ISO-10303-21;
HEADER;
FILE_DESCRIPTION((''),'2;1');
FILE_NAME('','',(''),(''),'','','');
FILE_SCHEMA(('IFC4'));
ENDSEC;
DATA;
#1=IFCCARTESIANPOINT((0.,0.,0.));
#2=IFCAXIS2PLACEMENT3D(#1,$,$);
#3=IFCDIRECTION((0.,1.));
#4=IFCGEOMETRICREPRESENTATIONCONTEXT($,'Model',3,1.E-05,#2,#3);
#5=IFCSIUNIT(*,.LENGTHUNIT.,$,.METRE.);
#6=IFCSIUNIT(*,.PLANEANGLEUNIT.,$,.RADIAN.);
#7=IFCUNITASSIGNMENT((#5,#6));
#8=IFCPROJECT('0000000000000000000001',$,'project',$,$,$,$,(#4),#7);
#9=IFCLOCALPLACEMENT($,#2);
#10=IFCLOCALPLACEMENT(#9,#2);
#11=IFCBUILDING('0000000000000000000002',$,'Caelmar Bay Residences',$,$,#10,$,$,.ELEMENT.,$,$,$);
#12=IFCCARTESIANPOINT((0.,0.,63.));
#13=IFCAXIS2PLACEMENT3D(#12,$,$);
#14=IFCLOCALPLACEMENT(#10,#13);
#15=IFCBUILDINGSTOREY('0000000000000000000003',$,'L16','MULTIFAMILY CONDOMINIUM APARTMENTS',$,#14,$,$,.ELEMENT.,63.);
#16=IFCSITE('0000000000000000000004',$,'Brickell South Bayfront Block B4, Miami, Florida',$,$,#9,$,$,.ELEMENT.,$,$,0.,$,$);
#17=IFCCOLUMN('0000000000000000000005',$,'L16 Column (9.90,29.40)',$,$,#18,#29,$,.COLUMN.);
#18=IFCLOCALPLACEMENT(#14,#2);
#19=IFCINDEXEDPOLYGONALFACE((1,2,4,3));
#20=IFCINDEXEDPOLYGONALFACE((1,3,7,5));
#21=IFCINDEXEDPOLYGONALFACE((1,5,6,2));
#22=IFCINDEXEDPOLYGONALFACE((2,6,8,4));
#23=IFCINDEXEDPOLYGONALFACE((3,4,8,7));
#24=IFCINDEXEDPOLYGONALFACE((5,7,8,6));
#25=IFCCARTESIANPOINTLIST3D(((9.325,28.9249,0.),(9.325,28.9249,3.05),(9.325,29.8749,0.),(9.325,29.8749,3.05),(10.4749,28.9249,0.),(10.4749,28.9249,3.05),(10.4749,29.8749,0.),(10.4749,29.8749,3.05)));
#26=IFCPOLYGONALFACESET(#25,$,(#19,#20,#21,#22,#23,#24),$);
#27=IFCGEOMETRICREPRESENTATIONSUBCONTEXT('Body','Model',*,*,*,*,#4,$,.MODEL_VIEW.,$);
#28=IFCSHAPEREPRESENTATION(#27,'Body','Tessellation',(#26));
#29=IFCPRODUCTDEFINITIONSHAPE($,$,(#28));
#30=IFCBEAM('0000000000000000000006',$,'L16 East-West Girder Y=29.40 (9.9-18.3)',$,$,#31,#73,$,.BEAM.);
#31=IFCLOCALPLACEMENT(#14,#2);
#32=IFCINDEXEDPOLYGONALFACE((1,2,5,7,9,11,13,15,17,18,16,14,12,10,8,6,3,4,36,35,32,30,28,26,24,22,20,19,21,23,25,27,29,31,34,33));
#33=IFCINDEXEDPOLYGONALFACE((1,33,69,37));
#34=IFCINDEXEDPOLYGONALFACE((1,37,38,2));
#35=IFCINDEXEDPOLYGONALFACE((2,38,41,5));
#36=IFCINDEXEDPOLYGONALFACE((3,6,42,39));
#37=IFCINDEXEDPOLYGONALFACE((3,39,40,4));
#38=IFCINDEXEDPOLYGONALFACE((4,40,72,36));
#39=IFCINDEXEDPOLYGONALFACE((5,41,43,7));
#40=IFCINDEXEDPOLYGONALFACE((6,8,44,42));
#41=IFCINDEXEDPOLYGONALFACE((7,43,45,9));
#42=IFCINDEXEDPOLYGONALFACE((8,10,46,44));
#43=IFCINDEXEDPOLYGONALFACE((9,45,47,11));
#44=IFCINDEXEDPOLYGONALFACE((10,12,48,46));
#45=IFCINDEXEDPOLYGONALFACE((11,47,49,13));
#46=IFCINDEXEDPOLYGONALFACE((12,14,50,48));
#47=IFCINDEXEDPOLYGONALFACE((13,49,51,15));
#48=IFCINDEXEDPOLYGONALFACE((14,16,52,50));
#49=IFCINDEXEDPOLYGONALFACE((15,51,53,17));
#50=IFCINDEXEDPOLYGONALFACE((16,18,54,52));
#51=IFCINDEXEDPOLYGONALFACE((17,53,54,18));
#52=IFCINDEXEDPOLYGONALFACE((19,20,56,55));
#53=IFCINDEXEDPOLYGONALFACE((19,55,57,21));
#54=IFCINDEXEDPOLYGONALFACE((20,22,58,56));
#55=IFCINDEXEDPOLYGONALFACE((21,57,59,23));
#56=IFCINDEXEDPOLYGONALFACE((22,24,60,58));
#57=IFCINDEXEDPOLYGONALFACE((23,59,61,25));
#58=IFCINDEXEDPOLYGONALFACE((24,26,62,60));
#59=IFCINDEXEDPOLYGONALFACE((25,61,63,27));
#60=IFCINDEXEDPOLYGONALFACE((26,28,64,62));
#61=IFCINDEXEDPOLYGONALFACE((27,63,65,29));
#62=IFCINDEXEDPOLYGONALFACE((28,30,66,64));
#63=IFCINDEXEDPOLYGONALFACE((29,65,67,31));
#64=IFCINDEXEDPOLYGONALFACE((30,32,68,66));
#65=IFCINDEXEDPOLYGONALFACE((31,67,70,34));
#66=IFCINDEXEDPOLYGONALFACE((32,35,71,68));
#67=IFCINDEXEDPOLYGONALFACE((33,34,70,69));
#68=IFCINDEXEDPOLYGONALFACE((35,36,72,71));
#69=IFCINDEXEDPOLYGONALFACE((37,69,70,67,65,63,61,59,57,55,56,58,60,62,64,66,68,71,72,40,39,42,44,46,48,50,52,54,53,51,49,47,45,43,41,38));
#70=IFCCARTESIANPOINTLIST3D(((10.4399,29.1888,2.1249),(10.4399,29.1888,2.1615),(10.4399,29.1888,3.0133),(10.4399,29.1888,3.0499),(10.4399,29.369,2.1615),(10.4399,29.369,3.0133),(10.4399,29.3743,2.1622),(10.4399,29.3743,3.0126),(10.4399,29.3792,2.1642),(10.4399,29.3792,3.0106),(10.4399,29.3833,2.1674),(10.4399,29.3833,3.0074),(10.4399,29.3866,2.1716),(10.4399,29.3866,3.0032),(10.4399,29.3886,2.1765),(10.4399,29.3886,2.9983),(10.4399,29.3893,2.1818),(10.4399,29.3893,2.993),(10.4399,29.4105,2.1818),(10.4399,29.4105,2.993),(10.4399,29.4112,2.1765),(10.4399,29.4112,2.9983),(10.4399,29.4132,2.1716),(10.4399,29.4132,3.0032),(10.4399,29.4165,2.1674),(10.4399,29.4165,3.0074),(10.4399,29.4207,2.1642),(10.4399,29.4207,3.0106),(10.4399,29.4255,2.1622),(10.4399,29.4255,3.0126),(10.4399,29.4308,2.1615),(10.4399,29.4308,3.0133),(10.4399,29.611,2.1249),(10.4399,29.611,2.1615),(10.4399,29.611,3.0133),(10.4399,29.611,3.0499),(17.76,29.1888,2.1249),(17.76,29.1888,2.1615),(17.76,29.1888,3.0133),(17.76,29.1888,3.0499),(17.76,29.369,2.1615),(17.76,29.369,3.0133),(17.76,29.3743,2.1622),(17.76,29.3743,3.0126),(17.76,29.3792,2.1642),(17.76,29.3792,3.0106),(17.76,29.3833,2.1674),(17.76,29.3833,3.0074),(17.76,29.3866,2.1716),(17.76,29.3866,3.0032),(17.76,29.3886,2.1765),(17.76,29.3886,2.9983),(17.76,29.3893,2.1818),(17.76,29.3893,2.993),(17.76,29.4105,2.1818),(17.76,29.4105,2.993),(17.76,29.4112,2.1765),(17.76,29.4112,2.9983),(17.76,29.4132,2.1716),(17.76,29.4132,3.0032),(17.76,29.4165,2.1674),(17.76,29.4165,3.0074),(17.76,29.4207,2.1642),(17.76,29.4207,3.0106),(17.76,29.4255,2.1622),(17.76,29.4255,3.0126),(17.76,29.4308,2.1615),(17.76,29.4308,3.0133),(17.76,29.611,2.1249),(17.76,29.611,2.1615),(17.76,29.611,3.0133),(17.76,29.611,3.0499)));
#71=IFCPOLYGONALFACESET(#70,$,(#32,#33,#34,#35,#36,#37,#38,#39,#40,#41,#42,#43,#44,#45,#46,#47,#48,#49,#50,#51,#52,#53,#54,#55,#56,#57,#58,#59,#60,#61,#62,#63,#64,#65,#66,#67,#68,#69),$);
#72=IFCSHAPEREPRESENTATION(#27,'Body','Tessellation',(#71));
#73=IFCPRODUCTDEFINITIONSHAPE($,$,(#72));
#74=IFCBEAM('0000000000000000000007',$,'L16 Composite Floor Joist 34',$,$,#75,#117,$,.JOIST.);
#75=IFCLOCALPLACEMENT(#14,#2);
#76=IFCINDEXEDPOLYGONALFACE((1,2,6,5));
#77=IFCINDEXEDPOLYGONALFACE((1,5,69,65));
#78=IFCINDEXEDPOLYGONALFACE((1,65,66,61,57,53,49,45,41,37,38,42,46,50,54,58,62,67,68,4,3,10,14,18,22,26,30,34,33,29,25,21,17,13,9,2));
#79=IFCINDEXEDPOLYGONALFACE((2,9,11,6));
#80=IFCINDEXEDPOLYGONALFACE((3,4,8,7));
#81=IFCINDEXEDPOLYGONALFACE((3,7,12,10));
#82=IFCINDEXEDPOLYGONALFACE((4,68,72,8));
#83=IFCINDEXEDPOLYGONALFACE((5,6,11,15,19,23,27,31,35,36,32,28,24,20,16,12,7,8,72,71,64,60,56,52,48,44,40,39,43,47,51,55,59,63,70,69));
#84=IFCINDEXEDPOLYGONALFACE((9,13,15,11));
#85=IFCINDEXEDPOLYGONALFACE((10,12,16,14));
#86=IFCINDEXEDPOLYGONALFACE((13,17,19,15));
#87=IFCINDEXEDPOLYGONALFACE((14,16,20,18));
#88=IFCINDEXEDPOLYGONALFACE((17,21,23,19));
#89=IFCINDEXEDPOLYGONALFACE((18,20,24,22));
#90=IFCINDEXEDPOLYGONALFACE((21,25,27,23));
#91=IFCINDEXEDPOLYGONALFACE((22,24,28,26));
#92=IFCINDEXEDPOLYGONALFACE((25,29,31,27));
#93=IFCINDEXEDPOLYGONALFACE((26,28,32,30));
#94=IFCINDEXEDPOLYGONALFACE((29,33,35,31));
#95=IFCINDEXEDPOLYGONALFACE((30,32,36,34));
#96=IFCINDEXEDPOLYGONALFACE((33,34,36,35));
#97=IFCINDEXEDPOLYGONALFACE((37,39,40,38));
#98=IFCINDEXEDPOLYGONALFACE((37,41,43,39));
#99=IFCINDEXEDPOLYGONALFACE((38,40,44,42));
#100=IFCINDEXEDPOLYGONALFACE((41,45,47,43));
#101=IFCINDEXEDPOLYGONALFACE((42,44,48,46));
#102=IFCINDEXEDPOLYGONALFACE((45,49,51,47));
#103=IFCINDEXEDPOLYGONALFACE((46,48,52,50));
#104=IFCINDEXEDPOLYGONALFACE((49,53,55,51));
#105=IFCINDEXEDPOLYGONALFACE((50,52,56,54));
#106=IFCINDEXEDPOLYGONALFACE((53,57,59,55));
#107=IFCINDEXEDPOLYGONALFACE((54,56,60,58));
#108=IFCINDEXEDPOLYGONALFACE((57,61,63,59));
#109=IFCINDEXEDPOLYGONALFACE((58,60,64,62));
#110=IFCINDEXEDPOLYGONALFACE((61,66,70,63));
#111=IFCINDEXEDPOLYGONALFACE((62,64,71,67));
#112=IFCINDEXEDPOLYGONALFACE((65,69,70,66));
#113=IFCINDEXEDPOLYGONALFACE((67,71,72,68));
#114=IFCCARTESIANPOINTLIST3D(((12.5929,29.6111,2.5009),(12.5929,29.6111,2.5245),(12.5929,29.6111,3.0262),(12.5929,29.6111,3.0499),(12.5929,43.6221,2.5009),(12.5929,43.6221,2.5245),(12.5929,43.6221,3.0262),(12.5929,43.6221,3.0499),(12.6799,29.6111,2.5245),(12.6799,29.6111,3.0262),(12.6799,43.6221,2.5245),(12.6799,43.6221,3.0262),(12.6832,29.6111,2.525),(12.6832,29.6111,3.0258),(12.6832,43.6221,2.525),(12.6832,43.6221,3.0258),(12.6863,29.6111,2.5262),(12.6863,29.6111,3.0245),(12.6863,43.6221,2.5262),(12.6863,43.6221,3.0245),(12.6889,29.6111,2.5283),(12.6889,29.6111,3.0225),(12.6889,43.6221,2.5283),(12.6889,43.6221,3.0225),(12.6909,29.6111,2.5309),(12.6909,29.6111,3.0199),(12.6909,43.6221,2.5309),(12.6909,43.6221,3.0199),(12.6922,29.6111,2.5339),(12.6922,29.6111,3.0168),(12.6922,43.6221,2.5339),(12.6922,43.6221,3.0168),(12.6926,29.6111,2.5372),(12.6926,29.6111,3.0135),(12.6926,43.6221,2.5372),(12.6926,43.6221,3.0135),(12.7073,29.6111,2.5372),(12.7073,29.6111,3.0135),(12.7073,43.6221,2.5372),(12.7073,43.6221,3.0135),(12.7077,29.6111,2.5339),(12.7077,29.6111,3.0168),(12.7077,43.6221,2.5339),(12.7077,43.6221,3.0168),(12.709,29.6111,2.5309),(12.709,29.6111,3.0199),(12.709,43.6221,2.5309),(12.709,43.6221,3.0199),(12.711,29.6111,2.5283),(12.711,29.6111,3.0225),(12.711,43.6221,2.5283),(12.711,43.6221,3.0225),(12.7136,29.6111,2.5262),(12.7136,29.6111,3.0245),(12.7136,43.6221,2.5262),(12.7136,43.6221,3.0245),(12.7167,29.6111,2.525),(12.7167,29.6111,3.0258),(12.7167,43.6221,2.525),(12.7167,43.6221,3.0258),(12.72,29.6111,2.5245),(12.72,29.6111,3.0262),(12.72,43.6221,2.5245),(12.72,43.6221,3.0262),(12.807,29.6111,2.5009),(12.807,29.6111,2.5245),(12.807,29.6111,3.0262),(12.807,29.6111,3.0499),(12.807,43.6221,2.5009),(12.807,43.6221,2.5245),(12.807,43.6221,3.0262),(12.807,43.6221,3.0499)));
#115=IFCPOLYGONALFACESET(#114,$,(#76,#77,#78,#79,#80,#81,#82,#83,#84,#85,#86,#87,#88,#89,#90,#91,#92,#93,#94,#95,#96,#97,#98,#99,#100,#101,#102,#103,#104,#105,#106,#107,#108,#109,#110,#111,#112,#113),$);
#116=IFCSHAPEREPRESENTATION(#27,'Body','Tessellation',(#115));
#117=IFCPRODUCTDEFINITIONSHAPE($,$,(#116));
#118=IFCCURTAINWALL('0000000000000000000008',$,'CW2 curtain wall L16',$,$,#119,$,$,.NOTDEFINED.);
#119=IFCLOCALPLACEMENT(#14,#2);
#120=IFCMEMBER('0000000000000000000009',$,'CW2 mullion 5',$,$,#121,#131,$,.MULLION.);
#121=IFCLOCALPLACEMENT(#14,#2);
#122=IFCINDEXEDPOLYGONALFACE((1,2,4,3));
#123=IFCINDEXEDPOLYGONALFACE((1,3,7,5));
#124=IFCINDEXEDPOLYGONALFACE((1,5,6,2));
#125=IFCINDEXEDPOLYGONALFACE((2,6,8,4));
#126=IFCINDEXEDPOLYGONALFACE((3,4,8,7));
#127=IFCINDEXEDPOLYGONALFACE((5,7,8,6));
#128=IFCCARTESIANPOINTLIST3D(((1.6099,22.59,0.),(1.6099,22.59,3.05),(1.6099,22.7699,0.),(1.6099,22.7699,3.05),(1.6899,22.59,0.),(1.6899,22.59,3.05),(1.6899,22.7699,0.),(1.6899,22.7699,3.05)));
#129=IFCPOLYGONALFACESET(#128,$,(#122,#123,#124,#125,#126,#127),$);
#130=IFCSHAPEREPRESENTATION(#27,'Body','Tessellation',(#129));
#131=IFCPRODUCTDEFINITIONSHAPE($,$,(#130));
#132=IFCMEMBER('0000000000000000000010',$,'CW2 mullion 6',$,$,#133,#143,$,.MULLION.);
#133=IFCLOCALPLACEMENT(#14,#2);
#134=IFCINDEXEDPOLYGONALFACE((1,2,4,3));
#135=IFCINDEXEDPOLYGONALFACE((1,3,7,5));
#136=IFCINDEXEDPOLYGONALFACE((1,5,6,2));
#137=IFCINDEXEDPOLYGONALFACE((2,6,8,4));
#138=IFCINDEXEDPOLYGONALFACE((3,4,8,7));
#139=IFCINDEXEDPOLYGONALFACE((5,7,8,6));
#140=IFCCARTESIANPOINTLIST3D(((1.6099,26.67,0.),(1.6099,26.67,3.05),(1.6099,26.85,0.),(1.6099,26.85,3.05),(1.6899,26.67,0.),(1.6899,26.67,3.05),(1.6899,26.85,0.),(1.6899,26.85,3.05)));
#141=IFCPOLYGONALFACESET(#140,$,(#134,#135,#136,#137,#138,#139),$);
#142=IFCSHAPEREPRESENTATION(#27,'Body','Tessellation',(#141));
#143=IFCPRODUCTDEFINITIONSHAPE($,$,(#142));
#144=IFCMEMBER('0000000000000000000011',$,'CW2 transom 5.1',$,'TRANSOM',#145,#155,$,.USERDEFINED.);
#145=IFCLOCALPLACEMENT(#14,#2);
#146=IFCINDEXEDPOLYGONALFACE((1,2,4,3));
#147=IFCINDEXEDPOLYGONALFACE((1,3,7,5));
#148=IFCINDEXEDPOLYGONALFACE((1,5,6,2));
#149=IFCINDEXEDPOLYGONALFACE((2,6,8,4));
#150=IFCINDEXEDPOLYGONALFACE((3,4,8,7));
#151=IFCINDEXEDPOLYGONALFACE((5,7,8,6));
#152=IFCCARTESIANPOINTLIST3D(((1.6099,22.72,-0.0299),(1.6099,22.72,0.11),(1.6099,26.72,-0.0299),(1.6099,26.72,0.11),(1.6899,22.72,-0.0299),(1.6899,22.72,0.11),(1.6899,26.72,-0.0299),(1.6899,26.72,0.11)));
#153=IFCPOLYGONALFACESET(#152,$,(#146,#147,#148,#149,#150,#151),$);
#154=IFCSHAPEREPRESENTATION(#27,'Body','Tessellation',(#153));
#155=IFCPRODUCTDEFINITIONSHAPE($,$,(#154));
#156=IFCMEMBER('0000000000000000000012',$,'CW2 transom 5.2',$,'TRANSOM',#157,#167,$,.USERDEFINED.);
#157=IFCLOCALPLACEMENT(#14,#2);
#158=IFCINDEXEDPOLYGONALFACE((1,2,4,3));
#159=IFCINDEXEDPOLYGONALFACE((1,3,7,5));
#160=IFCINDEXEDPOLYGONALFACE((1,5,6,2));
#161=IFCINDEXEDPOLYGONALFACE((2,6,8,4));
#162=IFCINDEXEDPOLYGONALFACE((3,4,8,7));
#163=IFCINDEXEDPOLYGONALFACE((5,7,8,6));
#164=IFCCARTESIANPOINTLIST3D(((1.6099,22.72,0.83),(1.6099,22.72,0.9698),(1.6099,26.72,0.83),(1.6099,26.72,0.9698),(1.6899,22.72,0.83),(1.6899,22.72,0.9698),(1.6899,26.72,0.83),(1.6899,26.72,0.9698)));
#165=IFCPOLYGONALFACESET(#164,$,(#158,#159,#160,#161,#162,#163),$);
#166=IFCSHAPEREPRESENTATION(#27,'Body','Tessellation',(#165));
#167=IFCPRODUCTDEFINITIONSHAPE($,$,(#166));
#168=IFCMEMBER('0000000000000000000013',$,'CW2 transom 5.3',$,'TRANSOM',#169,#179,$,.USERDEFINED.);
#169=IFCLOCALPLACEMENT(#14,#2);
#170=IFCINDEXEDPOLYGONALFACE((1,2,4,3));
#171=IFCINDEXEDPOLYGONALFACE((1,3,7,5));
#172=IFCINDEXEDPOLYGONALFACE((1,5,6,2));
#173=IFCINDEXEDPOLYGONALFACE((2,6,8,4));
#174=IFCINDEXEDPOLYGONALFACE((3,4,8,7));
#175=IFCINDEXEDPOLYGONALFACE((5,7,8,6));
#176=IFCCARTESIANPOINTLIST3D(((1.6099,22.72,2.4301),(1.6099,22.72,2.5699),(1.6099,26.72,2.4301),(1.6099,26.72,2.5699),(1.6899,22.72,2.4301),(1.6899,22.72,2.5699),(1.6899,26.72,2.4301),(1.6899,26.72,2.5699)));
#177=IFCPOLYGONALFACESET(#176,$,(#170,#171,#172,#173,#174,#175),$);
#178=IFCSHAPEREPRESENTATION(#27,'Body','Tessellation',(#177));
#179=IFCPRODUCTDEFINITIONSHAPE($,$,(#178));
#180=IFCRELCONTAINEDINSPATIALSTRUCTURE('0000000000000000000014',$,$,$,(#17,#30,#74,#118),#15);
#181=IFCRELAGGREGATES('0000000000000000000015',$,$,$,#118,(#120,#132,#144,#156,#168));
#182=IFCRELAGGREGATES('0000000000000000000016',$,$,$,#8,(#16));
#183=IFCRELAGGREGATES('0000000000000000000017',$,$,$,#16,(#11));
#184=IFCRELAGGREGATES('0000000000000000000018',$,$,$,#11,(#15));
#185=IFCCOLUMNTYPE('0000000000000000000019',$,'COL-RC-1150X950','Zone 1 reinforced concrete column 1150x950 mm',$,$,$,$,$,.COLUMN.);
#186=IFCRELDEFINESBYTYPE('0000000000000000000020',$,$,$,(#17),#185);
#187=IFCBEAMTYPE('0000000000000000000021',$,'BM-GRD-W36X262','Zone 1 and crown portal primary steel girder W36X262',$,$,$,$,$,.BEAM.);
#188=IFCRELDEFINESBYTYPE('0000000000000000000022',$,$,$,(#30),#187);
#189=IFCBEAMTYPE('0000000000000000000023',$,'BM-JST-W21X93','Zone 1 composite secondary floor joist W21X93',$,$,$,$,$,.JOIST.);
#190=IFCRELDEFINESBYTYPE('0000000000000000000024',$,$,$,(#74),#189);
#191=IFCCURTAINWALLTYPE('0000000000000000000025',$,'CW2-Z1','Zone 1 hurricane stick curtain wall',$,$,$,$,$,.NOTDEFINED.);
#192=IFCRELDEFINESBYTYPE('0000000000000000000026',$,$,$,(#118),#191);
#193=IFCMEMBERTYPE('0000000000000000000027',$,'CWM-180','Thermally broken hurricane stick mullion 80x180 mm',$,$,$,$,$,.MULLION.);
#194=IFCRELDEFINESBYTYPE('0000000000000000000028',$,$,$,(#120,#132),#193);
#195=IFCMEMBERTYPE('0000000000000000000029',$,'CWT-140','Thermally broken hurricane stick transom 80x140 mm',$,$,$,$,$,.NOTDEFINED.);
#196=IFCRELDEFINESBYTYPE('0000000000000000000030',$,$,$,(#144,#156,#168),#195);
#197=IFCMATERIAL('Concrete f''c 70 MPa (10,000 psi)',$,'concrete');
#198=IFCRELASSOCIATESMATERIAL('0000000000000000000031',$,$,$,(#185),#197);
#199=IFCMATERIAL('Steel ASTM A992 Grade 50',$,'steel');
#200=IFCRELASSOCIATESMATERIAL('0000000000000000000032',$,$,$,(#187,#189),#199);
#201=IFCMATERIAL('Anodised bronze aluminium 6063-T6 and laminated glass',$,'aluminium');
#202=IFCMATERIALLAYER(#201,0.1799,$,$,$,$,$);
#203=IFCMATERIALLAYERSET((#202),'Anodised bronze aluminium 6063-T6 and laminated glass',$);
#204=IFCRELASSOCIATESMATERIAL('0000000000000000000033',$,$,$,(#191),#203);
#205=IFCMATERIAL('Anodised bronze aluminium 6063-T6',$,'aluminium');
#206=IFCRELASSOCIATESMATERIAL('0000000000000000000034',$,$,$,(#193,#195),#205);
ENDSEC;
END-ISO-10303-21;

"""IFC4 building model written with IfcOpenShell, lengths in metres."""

from ifc_helpers import new_model, si_unit, direction, frame, origin, origin_2d, place, context, subcontext, project, spatial, rectangle, i_section, extrude, material, layer, layer_set, material_profile, profile_set, type_object, element, aggregate, save


model = new_model("IFC4")

# Units and contexts
model_context = context("Model", 3, precision=1e-05, world=origin(), true_north=direction((0.0, 1.0)))
body_context = subcontext(model_context, "Body", "Model", "MODEL_VIEW")
ifc_project = project(units=[si_unit("LENGTHUNIT", "METRE"), si_unit("PLANEANGLEUNIT", "RADIAN")], contexts=[model_context])

# Site, building, storey
site_placement = place(None, origin())
site = spatial("IfcSite", under=ifc_project, at=site_placement, Name="Brickell South Bayfront Block B4, Miami, Florida", CompositionType="ELEMENT", RefElevation=0.0)
building_placement = place(site_placement, origin())
building = spatial("IfcBuilding", under=site, at=building_placement, Name="Caelmar Bay Residences", CompositionType="ELEMENT")
storey_placement = place(building_placement, frame((0.0, 0.0, 63.0)))
storey = spatial("IfcBuildingStorey", under=building, at=storey_placement, Name="L16", Description="MULTIFAMILY CONDOMINIUM APARTMENTS", CompositionType="ELEMENT", Elevation=63.0)

# Column
ifc_material_1 = material(Name="Concrete f'c 70 MPa (10,000 psi)", Category="concrete")
ifc_material_profile_1 = material_profile(ifc_material_1, rectangle(XDim=1.1499, YDim=0.95, at=origin_2d()), Name="RC-COL-1150X950")
ifc_profile_set_1 = profile_set([ifc_material_profile_1], Name="Concrete f'c 70 MPa (10,000 psi)")
column_type = type_object("IfcColumnType", Name="COL-RC-1150X950", Description="Zone 1 reinforced concrete column 1150x950 mm", PredefinedType="COLUMN", material=ifc_profile_set_1)
column_placement = place(storey_placement, frame((9.8999, 29.3999, 0.0), z_axis=(0.0, 0.0, 1.0), x_axis=(1.0, 0.0, 0.0)))
element("IfcColumn", 1, at=column_placement, inside=storey, type_object=column_type, Name="L16 Column (9.90,29.40)", PredefinedType="COLUMN", context=body_context, shape_type="SweptSolid", body=[
    extrude(rectangle(XDim=1.1499, YDim=0.95, at=origin_2d()), origin(), (0.0, 0.0, 1.0), 3.05),
])

# Beams
ifc_material_2 = material(Name="Steel ASTM A992 Grade 50", Category="steel")
ifc_material_profile_2 = material_profile(ifc_material_2, i_section(OverallWidth=0.4221, OverallDepth=0.925, WebThickness=0.0212, FlangeThickness=0.0366, FilletRadius=0.0203, at=origin_2d()), Name="W36X262")
ifc_profile_set_2 = profile_set([ifc_material_profile_2], Name="Steel ASTM A992 Grade 50")
beam_type_1 = type_object("IfcBeamType", Name="BM-GRD-W36X262", Description="Zone 1 and crown portal primary steel girder W36X262", PredefinedType="BEAM", material=ifc_profile_set_2)
beam_1_placement = place(storey_placement, frame((10.4399, 29.3999, 2.5874), z_axis=(1.0, 0.0, 0.0), x_axis=(0.0, 1.0, 0.0)))
element("IfcBeam", 2, at=beam_1_placement, inside=storey, type_object=beam_type_1, Name="L16 East-West Girder Y=29.40 (9.9-18.3)", PredefinedType="BEAM", context=body_context, shape_type="SweptSolid", body=[
    extrude(i_section(OverallWidth=0.4221, OverallDepth=0.925, WebThickness=0.0212, FlangeThickness=0.0366, FilletRadius=0.0203, at=origin_2d()), origin(), (0.0, 0.0, 1.0), 7.3201),
])
ifc_material_profile_3 = material_profile(ifc_material_2, i_section(OverallWidth=0.2141, OverallDepth=0.5491, WebThickness=0.0146, FlangeThickness=0.0237, FilletRadius=0.0127, at=origin_2d()), Name="W21X93")
ifc_profile_set_3 = profile_set([ifc_material_profile_3], Name="Steel ASTM A992 Grade 50")
beam_type_2 = type_object("IfcBeamType", Name="BM-JST-W21X93", Description="Zone 1 composite secondary floor joist W21X93", PredefinedType="JOIST", material=ifc_profile_set_3)
beam_2_placement = place(storey_placement, frame((12.7, 29.6111, 2.7754), z_axis=(0.0, 1.0, 0.0), x_axis=(-1.0, 0.0, 0.0)))
element("IfcBeam", 3, at=beam_2_placement, inside=storey, type_object=beam_type_2, Name="L16 Composite Floor Joist 34", PredefinedType="JOIST", context=body_context, shape_type="SweptSolid", body=[
    extrude(i_section(OverallWidth=0.2141, OverallDepth=0.5491, WebThickness=0.0146, FlangeThickness=0.0237, FilletRadius=0.0127, at=origin_2d()), origin(), (0.0, 0.0, 1.0), 14.011),
])

# Curtain wall, members
ifc_material_3 = material(Name="Anodised bronze aluminium 6063-T6 and laminated glass", Category="aluminium")
ifc_layer_1 = layer(ifc_material_3, 0.1799)
ifc_layer_set_1 = layer_set([ifc_layer_1], Name="Anodised bronze aluminium 6063-T6 and laminated glass")
curtain_wall_type = type_object("IfcCurtainWallType", Name="CW2-Z1", Description="Zone 1 hurricane stick curtain wall", PredefinedType="NOTDEFINED", material=ifc_layer_set_1)
curtain_wall_placement = place(storey_placement, origin())
curtain_wall = element("IfcCurtainWall", 4, at=curtain_wall_placement, inside=storey, type_object=curtain_wall_type, Name="CW2 curtain wall L16", PredefinedType="NOTDEFINED")
ifc_material_4 = material(Name="Anodised bronze aluminium 6063-T6", Category="aluminium")
ifc_material_profile_4 = material_profile(ifc_material_4, rectangle(XDim=0.0801, YDim=0.1799, at=origin_2d()), Name="CWM-80X180")
ifc_profile_set_4 = profile_set([ifc_material_profile_4], Name="Anodised bronze aluminium 6063-T6")
member_type_1 = type_object("IfcMemberType", Name="CWM-180", Description="Thermally broken hurricane stick mullion 80x180 mm", PredefinedType="MULLION", material=ifc_profile_set_4)
member_1_placement = place(storey_placement, frame((1.6499, 22.6799, 0.0), z_axis=(0.0, 0.0, 1.0), x_axis=(-1.0, 0.0, 0.0)))
member_1 = element("IfcMember", 5, at=member_1_placement, type_object=member_type_1, Name="CW2 mullion 5", PredefinedType="MULLION", context=body_context, shape_type="SweptSolid", body=[
    extrude(rectangle(XDim=0.0801, YDim=0.1799, at=origin_2d()), origin(), (0.0, 0.0, 1.0), 3.05),
])
member_2_placement = place(storey_placement, frame((1.6499, 26.76, 0.0), z_axis=(0.0, 0.0, 1.0), x_axis=(-1.0, 0.0, 0.0)))
member_2 = element("IfcMember", 6, at=member_2_placement, type_object=member_type_1, Name="CW2 mullion 6", PredefinedType="MULLION", context=body_context, shape_type="SweptSolid", body=[
    extrude(rectangle(XDim=0.0801, YDim=0.1799, at=origin_2d()), origin(), (0.0, 0.0, 1.0), 3.05),
])
ifc_material_profile_5 = material_profile(ifc_material_4, rectangle(XDim=0.0801, YDim=0.1399, at=origin_2d()), Name="CWT-80X140")
ifc_profile_set_5 = profile_set([ifc_material_profile_5], Name="Anodised bronze aluminium 6063-T6")
member_type_2 = type_object("IfcMemberType", Name="CWT-140", Description="Thermally broken hurricane stick transom 80x140 mm", PredefinedType="NOTDEFINED", material=ifc_profile_set_5)
member_3_placement = place(storey_placement, frame((1.6499, 22.72, 0.04), z_axis=(0.0, 1.0, 0.0), x_axis=(-1.0, 0.0, 0.0)))
member_3 = element("IfcMember", 7, at=member_3_placement, type_object=member_type_2, Name="CW2 transom 5.1", ObjectType="TRANSOM", PredefinedType="USERDEFINED", context=body_context, shape_type="SweptSolid", body=[
    extrude(rectangle(XDim=0.0801, YDim=0.1399, at=origin_2d()), origin(), (0.0, 0.0, 1.0), 4.0),
])
member_4_placement = place(storey_placement, frame((1.6499, 22.72, 0.8999), z_axis=(0.0, 1.0, 0.0), x_axis=(-1.0, 0.0, 0.0)))
member_4 = element("IfcMember", 8, at=member_4_placement, type_object=member_type_2, Name="CW2 transom 5.2", ObjectType="TRANSOM", PredefinedType="USERDEFINED", context=body_context, shape_type="SweptSolid", body=[
    extrude(rectangle(XDim=0.0801, YDim=0.1399, at=origin_2d()), origin(), (0.0, 0.0, 1.0), 4.0),
])
member_5_placement = place(storey_placement, frame((1.6499, 22.72, 2.5), z_axis=(0.0, 1.0, 0.0), x_axis=(-1.0, 0.0, 0.0)))
member_5 = element("IfcMember", 9, at=member_5_placement, type_object=member_type_2, Name="CW2 transom 5.3", ObjectType="TRANSOM", PredefinedType="USERDEFINED", context=body_context, shape_type="SweptSolid", body=[
    extrude(rectangle(XDim=0.0801, YDim=0.1399, at=origin_2d()), origin(), (0.0, 0.0, 1.0), 4.0),
])
aggregate(curtain_wall, [member_1, member_2, member_3, member_4, member_5])

save(model, "model.ifc")
